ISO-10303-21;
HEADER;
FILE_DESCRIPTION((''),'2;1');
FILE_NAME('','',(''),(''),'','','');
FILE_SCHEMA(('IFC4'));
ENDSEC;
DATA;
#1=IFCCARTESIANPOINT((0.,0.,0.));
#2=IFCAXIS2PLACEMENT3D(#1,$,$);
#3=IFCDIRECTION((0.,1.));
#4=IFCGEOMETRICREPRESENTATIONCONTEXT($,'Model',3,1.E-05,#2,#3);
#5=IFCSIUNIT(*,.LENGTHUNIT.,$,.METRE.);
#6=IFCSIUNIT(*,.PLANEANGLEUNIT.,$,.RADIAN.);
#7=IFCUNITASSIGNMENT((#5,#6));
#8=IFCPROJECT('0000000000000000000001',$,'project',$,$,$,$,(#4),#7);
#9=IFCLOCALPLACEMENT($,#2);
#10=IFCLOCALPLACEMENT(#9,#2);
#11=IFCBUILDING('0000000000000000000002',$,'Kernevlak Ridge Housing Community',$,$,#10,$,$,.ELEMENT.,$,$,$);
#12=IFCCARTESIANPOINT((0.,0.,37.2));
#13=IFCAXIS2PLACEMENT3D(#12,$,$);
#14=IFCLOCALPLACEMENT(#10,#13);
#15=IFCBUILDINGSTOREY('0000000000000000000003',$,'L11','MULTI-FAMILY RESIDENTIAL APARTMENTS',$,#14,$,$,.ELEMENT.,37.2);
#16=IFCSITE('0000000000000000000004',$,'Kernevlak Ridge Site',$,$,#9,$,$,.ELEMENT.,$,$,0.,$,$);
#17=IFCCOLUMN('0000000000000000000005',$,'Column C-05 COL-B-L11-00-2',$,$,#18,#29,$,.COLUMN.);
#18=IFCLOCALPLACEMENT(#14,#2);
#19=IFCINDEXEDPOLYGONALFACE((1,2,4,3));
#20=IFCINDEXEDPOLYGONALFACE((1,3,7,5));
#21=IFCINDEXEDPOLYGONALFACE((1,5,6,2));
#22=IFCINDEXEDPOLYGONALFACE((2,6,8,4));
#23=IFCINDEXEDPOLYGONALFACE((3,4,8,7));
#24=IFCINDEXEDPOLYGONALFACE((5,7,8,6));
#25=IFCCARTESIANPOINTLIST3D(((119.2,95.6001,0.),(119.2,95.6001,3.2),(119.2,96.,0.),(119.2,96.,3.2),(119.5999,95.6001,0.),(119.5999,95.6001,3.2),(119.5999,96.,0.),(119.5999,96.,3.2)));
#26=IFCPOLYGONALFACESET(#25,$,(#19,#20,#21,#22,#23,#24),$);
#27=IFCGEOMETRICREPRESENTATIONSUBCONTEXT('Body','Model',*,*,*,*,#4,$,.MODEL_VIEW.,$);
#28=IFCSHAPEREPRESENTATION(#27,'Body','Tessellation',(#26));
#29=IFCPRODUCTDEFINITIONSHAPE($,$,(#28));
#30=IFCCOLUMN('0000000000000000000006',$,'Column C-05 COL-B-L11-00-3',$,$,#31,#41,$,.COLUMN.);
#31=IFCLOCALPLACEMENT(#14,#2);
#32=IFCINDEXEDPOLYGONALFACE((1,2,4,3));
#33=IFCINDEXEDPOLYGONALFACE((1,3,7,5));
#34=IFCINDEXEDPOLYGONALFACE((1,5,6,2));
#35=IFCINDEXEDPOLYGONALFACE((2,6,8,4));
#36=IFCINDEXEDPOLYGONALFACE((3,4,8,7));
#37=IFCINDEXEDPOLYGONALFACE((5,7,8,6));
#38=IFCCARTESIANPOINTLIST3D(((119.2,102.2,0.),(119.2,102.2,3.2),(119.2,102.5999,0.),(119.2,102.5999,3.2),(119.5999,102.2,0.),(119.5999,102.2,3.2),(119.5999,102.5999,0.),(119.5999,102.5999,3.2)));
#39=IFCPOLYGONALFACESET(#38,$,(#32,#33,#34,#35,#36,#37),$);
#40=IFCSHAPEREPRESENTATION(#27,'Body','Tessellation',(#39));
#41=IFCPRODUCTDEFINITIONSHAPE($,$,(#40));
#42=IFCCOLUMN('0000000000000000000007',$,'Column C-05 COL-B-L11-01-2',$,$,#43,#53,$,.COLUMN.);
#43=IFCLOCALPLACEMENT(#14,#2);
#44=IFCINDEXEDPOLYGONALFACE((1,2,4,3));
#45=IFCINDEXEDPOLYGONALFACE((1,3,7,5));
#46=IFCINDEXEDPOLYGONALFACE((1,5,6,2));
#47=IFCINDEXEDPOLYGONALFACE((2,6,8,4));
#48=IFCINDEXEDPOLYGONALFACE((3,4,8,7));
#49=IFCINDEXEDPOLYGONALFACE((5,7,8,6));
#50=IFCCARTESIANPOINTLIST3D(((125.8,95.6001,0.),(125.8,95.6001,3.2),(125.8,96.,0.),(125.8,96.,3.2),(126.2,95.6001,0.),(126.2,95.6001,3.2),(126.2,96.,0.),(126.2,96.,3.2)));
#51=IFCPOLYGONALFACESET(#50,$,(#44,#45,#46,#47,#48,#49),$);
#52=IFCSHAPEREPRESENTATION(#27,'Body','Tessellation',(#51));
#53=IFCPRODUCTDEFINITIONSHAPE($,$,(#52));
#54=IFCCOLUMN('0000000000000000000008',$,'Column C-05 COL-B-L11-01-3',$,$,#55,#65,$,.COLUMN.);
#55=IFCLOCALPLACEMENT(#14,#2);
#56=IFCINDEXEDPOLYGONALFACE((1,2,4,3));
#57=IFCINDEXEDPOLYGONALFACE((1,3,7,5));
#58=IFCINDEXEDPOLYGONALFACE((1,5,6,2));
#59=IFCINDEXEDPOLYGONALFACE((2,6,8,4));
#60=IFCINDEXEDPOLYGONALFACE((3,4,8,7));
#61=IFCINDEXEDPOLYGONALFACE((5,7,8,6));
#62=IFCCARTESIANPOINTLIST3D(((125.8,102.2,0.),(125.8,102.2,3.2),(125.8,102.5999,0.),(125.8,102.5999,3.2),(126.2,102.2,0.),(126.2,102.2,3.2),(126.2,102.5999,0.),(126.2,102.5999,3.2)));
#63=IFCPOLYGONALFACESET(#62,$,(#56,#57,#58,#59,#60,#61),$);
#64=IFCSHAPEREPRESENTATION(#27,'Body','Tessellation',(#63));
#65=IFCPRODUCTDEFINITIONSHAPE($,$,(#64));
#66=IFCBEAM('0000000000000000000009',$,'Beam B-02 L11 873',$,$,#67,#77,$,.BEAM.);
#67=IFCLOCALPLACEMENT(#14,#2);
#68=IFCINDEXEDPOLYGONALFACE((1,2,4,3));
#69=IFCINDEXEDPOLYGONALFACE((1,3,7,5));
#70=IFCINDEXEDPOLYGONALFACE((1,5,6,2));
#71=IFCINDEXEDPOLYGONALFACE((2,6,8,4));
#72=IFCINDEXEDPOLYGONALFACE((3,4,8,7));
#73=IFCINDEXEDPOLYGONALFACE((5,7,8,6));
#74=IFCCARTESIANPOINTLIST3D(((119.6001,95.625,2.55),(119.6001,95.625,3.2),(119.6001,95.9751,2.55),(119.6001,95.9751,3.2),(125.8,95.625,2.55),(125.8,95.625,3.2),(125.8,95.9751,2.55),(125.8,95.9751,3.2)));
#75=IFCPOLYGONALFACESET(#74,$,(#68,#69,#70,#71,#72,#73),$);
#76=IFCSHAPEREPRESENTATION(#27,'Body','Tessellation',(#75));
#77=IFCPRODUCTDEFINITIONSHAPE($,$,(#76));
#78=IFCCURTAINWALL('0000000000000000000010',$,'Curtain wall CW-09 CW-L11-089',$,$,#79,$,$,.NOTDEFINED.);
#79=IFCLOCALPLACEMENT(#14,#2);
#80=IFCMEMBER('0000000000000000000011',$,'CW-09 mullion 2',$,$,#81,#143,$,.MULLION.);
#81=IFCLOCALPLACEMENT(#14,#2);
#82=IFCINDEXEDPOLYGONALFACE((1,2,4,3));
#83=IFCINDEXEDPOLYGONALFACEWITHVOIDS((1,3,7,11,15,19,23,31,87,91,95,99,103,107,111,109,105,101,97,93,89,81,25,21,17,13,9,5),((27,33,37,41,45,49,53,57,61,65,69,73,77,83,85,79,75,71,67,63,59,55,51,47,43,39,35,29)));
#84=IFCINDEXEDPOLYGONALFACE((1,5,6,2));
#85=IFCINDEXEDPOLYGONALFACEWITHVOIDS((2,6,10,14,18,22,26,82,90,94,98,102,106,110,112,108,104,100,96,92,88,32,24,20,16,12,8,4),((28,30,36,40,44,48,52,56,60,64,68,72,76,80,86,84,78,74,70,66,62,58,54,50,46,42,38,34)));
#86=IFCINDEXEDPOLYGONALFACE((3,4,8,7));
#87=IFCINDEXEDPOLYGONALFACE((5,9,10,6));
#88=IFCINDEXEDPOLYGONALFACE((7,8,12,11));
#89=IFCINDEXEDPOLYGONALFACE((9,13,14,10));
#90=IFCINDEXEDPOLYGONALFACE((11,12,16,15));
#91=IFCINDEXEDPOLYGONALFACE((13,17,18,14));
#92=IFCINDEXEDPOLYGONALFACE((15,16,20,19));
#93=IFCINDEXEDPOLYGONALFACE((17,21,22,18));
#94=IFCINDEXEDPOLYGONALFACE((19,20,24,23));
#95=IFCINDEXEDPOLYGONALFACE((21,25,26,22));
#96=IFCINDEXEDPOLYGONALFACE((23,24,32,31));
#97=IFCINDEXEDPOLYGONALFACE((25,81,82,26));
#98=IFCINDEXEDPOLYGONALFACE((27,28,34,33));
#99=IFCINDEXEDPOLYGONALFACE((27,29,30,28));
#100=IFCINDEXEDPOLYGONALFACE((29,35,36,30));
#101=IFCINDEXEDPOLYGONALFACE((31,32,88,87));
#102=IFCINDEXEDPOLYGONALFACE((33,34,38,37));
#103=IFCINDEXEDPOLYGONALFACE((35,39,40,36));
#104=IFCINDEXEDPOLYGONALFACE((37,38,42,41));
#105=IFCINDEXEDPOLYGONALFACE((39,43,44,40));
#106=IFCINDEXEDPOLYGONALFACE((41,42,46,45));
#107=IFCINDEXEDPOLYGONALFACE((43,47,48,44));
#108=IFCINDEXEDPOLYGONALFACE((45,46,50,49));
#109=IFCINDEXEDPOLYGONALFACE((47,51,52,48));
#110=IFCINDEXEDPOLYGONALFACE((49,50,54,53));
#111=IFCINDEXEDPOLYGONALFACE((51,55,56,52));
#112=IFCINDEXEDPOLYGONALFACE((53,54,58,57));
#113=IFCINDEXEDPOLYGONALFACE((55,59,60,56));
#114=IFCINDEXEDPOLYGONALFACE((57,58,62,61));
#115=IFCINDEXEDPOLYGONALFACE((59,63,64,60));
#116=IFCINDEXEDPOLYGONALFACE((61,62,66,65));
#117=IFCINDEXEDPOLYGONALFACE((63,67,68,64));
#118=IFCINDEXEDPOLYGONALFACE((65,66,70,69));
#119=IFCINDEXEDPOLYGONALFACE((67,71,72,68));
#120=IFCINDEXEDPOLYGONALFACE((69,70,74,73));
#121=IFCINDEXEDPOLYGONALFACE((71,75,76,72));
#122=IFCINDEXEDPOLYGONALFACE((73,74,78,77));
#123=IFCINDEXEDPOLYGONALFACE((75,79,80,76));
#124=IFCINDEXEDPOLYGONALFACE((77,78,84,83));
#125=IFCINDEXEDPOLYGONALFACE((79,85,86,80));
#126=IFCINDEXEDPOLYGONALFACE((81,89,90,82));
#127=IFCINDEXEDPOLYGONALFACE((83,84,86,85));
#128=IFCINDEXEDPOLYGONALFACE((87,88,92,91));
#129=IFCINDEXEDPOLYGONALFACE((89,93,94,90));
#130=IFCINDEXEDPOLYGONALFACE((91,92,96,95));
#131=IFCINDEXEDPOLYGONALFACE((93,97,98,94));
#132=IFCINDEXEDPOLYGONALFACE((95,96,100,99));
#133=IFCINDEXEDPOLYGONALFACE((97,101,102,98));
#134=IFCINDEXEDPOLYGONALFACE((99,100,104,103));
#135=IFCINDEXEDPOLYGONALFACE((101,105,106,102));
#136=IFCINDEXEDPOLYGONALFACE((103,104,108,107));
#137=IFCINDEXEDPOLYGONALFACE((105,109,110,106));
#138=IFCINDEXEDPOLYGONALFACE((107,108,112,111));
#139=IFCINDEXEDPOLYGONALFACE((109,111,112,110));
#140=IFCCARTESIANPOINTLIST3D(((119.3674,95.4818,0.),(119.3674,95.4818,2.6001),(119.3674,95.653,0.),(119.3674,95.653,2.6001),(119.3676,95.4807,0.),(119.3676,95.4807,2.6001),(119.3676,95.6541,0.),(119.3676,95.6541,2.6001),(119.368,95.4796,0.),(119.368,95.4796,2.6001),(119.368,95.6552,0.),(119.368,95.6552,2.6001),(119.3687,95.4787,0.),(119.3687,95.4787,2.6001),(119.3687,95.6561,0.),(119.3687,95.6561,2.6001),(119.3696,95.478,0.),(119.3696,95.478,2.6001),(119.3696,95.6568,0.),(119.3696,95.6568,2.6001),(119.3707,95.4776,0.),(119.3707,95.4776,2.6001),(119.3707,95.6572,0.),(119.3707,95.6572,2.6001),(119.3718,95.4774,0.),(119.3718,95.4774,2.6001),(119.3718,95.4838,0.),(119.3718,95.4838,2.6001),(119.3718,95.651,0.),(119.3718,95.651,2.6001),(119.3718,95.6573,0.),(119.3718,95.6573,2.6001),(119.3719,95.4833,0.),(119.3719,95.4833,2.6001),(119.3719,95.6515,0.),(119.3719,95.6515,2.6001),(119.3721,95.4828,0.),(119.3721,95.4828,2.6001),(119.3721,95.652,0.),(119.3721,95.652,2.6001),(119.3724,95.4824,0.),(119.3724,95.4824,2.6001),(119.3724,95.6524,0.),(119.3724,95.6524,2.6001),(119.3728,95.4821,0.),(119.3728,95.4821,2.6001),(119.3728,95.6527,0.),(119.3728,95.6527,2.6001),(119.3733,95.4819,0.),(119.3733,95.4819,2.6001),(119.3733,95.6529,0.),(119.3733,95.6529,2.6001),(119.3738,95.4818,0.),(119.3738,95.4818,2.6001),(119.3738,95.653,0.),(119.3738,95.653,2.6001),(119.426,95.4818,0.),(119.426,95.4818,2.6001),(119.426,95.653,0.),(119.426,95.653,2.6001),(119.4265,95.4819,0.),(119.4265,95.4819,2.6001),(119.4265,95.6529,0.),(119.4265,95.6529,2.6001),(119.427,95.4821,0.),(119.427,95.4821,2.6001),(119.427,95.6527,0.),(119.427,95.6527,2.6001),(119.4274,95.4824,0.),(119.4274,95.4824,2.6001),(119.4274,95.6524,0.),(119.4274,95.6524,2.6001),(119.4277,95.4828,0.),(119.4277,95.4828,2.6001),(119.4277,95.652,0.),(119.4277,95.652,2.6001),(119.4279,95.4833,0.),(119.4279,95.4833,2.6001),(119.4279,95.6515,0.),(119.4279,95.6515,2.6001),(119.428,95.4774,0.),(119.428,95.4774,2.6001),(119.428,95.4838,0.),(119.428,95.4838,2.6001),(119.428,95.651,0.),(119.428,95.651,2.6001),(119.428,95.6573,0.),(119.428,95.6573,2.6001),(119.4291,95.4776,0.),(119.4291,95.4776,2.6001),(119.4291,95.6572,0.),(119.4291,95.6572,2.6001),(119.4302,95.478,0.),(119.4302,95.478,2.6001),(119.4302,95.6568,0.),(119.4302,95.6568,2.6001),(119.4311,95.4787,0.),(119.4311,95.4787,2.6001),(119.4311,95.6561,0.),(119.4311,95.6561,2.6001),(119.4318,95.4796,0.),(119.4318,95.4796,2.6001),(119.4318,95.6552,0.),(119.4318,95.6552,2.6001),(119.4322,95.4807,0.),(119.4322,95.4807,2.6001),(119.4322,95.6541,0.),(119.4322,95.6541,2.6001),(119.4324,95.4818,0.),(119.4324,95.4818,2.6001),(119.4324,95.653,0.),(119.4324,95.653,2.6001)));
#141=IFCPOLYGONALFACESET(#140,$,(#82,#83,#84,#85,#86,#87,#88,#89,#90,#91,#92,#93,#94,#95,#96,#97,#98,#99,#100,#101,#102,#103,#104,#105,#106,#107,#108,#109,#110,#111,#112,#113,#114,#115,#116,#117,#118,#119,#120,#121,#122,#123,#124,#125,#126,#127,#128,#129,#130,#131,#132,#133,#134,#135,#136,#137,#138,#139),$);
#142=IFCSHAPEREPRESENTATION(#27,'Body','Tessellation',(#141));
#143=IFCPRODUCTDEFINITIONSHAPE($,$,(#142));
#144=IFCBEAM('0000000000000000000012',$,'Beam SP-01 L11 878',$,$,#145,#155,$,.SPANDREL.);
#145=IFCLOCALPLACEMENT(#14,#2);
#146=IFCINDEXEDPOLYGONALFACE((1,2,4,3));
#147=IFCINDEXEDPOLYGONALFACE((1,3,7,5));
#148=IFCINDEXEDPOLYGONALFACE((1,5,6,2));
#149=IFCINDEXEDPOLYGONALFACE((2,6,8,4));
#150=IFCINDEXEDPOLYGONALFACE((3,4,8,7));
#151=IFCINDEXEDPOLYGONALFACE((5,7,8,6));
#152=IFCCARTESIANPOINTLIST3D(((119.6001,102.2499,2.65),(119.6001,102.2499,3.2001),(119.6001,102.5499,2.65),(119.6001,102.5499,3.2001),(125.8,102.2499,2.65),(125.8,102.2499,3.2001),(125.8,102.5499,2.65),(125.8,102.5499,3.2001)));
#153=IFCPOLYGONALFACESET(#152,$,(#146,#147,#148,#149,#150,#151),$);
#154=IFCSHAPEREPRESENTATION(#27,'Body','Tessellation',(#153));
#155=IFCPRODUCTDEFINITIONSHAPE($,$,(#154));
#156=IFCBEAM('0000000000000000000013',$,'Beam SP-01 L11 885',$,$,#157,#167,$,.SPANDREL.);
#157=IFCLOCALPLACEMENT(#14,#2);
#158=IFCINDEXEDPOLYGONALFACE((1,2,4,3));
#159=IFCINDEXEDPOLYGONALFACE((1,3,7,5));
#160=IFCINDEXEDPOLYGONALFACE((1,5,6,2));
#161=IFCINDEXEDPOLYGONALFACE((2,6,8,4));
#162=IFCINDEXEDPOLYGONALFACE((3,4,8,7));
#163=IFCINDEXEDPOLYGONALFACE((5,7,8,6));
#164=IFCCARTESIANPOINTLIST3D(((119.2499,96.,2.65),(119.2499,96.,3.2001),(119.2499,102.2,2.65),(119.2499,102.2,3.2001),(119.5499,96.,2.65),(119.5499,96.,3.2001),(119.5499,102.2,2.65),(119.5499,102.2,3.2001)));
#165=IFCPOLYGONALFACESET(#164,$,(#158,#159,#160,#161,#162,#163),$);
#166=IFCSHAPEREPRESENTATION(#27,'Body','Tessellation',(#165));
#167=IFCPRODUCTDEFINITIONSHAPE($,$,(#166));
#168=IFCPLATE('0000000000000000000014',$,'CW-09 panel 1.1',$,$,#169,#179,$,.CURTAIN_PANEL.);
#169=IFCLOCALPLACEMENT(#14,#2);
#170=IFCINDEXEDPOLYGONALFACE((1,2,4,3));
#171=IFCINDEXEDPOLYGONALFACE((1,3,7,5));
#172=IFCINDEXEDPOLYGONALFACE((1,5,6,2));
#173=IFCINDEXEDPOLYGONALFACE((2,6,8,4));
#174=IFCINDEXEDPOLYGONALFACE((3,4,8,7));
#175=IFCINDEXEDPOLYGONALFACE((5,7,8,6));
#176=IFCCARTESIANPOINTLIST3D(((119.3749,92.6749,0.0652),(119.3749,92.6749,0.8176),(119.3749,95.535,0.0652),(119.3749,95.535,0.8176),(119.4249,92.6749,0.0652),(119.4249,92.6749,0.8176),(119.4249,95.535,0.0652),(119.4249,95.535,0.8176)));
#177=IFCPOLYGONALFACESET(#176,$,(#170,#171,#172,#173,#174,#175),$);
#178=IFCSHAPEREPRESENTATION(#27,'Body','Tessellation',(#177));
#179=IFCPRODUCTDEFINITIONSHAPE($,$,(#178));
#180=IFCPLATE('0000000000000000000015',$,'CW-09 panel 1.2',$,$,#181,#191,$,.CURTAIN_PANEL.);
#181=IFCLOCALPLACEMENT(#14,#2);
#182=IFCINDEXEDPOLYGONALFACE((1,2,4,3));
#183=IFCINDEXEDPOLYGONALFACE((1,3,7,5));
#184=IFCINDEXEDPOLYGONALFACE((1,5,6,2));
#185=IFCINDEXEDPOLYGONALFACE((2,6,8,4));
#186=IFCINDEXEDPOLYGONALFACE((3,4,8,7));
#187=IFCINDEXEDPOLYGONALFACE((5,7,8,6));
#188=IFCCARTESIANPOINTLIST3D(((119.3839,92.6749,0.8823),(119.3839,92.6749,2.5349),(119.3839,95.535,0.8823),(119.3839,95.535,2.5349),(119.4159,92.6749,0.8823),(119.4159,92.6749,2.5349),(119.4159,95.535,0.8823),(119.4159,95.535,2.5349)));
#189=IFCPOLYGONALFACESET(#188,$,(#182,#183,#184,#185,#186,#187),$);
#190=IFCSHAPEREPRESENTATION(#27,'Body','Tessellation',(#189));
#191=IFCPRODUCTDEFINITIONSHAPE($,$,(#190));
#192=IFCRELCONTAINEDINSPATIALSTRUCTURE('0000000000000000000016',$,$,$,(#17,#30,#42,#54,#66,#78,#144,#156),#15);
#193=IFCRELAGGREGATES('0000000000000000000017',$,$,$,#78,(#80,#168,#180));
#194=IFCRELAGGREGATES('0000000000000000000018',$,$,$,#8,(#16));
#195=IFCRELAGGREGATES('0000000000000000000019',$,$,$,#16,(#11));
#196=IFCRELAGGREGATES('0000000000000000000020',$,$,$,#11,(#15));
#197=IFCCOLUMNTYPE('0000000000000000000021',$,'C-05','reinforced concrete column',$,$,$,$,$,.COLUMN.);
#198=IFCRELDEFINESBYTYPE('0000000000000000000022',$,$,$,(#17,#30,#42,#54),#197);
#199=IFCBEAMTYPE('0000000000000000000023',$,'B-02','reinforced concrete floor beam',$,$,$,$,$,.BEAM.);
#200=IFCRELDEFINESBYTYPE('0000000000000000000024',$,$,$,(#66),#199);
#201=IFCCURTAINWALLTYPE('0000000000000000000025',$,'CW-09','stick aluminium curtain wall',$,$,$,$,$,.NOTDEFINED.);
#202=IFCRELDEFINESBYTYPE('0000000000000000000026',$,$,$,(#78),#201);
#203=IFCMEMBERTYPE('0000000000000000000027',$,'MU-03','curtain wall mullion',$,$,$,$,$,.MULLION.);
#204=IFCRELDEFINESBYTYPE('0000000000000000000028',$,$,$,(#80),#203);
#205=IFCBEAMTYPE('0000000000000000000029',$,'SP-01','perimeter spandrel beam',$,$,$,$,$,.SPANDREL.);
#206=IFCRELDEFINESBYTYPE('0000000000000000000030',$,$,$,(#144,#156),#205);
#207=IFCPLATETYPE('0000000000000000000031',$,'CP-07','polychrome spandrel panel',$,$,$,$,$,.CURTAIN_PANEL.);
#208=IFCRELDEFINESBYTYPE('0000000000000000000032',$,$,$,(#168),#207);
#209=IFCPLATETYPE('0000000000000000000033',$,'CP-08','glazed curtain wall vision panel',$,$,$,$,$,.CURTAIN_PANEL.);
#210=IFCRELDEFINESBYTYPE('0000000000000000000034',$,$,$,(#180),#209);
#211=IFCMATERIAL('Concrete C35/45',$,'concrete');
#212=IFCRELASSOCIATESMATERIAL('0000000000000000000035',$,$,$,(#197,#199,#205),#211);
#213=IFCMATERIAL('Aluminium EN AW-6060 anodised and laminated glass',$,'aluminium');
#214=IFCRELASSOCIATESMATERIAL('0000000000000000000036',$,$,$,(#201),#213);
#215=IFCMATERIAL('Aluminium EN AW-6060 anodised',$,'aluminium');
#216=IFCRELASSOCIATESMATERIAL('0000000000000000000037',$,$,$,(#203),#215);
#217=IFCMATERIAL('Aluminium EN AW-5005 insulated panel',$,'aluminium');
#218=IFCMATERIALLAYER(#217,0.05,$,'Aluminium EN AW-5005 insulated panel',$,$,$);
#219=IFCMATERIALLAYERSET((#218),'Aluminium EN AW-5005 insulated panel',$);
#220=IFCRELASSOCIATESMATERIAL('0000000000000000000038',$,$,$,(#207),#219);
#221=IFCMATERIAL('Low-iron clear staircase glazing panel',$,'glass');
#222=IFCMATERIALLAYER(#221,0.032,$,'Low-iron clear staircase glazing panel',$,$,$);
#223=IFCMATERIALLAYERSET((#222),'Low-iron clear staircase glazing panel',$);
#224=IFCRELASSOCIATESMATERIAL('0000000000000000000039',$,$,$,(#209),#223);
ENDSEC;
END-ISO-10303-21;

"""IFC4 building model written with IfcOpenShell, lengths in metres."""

from ifc_helpers import new_model, si_unit, direction, frame, origin, origin_2d, place, context, subcontext, project, spatial, rectangle, hollow_rectangle, extrude, material, layer, layer_set, material_profile, profile_set, type_object, element, aggregate, save


model = new_model("IFC4")

# Units and contexts
model_context = context("Model", 3, precision=1e-05, world=origin(), true_north=direction((0.0, 1.0)))
body_context = subcontext(model_context, "Body", "Model", "MODEL_VIEW")
ifc_project = project(units=[si_unit("LENGTHUNIT", "METRE"), si_unit("PLANEANGLEUNIT", "RADIAN")], contexts=[model_context])

# Site, building, storey
site_placement = place(None, origin())
site = spatial("IfcSite", under=ifc_project, at=site_placement, Name="Kernevlak Ridge Site", CompositionType="ELEMENT", RefElevation=0.0)
building_placement = place(site_placement, origin())
building = spatial("IfcBuilding", under=site, at=building_placement, Name="Kernevlak Ridge Housing Community", CompositionType="ELEMENT")
storey_placement = place(building_placement, frame((0.0, 0.0, 37.2)))
storey = spatial("IfcBuildingStorey", under=building, at=storey_placement, Name="L11", Description="MULTI-FAMILY RESIDENTIAL APARTMENTS", CompositionType="ELEMENT", Elevation=37.2)

# Columns
ifc_material_1 = material(Name="Concrete C35/45", Category="concrete")
ifc_material_profile_1 = material_profile(ifc_material_1, rectangle(XDim=0.3999, YDim=0.3999, at=origin_2d()), Name="RC 400x400")
ifc_profile_set_1 = profile_set([ifc_material_profile_1], Name="Concrete C35/45")
column_type = type_object("IfcColumnType", Name="C-05", Description="reinforced concrete column", PredefinedType="COLUMN", material=ifc_profile_set_1)
for number, where, z_axis, x_axis, name in (
    (1, (119.3999, 95.8, 0.0), (0.0, 0.0, 1.0), (1.0, 0.0, 0.0), "Column C-05 COL-B-L11-00-2"),
    (2, (119.3999, 102.3999, 0.0), (0.0, 0.0, 1.0), (1.0, 0.0, 0.0), "Column C-05 COL-B-L11-00-3"),
    (3, (126.0, 95.8, 0.0), (0.0, 0.0, 1.0), (1.0, 0.0, 0.0), "Column C-05 COL-B-L11-01-2"),
    (4, (126.0, 102.3999, 0.0), (0.0, 0.0, 1.0), (1.0, 0.0, 0.0), "Column C-05 COL-B-L11-01-3"),
):
    element("IfcColumn", number, at=place(storey_placement, frame(where, z_axis=z_axis, x_axis=x_axis)), inside=storey, type_object=column_type, Name=name, PredefinedType="COLUMN", context=body_context, shape_type="SweptSolid", body=[
        extrude(rectangle(XDim=0.3999, YDim=0.3999, at=origin_2d()), origin(), (0.0, 0.0, 1.0), 3.2),
    ])

# Beam
ifc_material_profile_2 = material_profile(ifc_material_1, rectangle(XDim=0.3501, YDim=0.6499, at=origin_2d()), Name="RC 350x650")
ifc_profile_set_2 = profile_set([ifc_material_profile_2], Name="Concrete C35/45")
beam_type_1 = type_object("IfcBeamType", Name="B-02", Description="reinforced concrete floor beam", PredefinedType="BEAM", material=ifc_profile_set_2)
beam_placement = place(storey_placement, frame((119.6001, 95.8, 2.875), z_axis=(1.0, 0.0, 0.0), x_axis=(0.0, 1.0, 0.0)))
element("IfcBeam", 5, at=beam_placement, inside=storey, type_object=beam_type_1, Name="Beam B-02 L11 873", PredefinedType="BEAM", context=body_context, shape_type="SweptSolid", body=[
    extrude(rectangle(XDim=0.3501, YDim=0.6499, at=origin_2d()), origin(), (0.0, 0.0, 1.0), 6.2),
])

# Curtain wall, member
ifc_material_2 = material(Name="Aluminium EN AW-6060 anodised and laminated glass", Category="aluminium")
curtain_wall_type = type_object("IfcCurtainWallType", Name="CW-09", Description="stick aluminium curtain wall", PredefinedType="NOTDEFINED", material=ifc_material_2)
curtain_wall_placement = place(storey_placement, origin())
curtain_wall = element("IfcCurtainWall", 6, at=curtain_wall_placement, inside=storey, type_object=curtain_wall_type, Name="Curtain wall CW-09 CW-L11-089", PredefinedType="NOTDEFINED")
ifc_material_3 = material(Name="Aluminium EN AW-6060 anodised", Category="aluminium")
ifc_material_profile_3 = material_profile(ifc_material_3, hollow_rectangle(XDim=0.0649, YDim=0.1799, WallThickness=0.0044, InnerFilletRadius=0.002, OuterFilletRadius=0.0044, at=origin_2d()), Name="ALU 65x180x4.5")
ifc_profile_set_3 = profile_set([ifc_material_profile_3], Name="Aluminium EN AW-6060 anodised")
member_type = type_object("IfcMemberType", Name="MU-03", Description="curtain wall mullion", PredefinedType="MULLION", material=ifc_profile_set_3)
member_placement = place(storey_placement, frame((119.3999, 95.5674, 0.0), z_axis=(0.0, 0.0, 1.0), x_axis=(-1.0, 0.0, 0.0)))
member = element("IfcMember", 7, at=member_placement, type_object=member_type, Name="CW-09 mullion 2", PredefinedType="MULLION", context=body_context, shape_type="SweptSolid", body=[
    extrude(hollow_rectangle(XDim=0.0649, YDim=0.1799, WallThickness=0.0044, InnerFilletRadius=0.002, OuterFilletRadius=0.0044, at=origin_2d()), origin(), (0.0, 0.0, 1.0), 2.6001),
])

# Beams
ifc_material_profile_4 = material_profile(ifc_material_1, rectangle(XDim=0.3, YDim=0.55, at=origin_2d()), Name="RC 300x550")
ifc_profile_set_4 = profile_set([ifc_material_profile_4], Name="Concrete C35/45")
beam_type_2 = type_object("IfcBeamType", Name="SP-01", Description="perimeter spandrel beam", PredefinedType="SPANDREL", material=ifc_profile_set_4)
for number, where, z_axis, x_axis, name in (
    (8, (119.6001, 102.3999, 2.925), (1.0, 0.0, 0.0), (0.0, 1.0, 0.0), "Beam SP-01 L11 878"),
    (9, (119.3999, 96.0, 2.925), (0.0, 1.0, 0.0), (-1.0, 0.0, 0.0), "Beam SP-01 L11 885"),
):
    element("IfcBeam", number, at=place(storey_placement, frame(where, z_axis=z_axis, x_axis=x_axis)), inside=storey, type_object=beam_type_2, Name=name, PredefinedType="SPANDREL", context=body_context, shape_type="SweptSolid", body=[
        extrude(rectangle(XDim=0.3, YDim=0.55, at=origin_2d()), origin(), (0.0, 0.0, 1.0), 6.2),
    ])

# Plates
ifc_material_4 = material(Name="Aluminium EN AW-5005 insulated panel", Category="aluminium")
ifc_layer_1 = layer(ifc_material_4, 0.05, Name="Aluminium EN AW-5005 insulated panel")
ifc_layer_set_1 = layer_set([ifc_layer_1], Name="Aluminium EN AW-5005 insulated panel")
plate_type_1 = type_object("IfcPlateType", Name="CP-07", Description="polychrome spandrel panel", PredefinedType="CURTAIN_PANEL", material=ifc_layer_set_1)
plate_1_placement = place(storey_placement, frame((119.3999, 94.105, 0.0652), z_axis=(0.0, 0.0, 1.0), x_axis=(0.0, 1.0, 0.0)))
plate_1 = element("IfcPlate", 10, at=plate_1_placement, type_object=plate_type_1, Name="CW-09 panel 1.1", PredefinedType="CURTAIN_PANEL", context=body_context, shape_type="SweptSolid", body=[
    extrude(rectangle(XDim=2.8601, YDim=0.05, at=origin_2d()), origin(), (0.0, 0.0, 1.0), 0.7524),
])
ifc_material_5 = material(Name="Low-iron clear staircase glazing panel", Category="glass")
ifc_layer_2 = layer(ifc_material_5, 0.032, Name="Low-iron clear staircase glazing panel")
ifc_layer_set_2 = layer_set([ifc_layer_2], Name="Low-iron clear staircase glazing panel")
plate_type_2 = type_object("IfcPlateType", Name="CP-08", Description="glazed curtain wall vision panel", PredefinedType="CURTAIN_PANEL", material=ifc_layer_set_2)
plate_2_placement = place(storey_placement, frame((119.3999, 94.105, 0.8823), z_axis=(0.0, 0.0, 1.0), x_axis=(0.0, 1.0, 0.0)))
plate_2 = element("IfcPlate", 11, at=plate_2_placement, type_object=plate_type_2, Name="CW-09 panel 1.2", PredefinedType="CURTAIN_PANEL", context=body_context, shape_type="SweptSolid", body=[
    extrude(rectangle(XDim=2.8601, YDim=0.032, at=origin_2d()), origin(), (0.0, 0.0, 1.0), 1.6526),
])
aggregate(curtain_wall, [member, plate_1, plate_2])

save(model, "model.ifc")
